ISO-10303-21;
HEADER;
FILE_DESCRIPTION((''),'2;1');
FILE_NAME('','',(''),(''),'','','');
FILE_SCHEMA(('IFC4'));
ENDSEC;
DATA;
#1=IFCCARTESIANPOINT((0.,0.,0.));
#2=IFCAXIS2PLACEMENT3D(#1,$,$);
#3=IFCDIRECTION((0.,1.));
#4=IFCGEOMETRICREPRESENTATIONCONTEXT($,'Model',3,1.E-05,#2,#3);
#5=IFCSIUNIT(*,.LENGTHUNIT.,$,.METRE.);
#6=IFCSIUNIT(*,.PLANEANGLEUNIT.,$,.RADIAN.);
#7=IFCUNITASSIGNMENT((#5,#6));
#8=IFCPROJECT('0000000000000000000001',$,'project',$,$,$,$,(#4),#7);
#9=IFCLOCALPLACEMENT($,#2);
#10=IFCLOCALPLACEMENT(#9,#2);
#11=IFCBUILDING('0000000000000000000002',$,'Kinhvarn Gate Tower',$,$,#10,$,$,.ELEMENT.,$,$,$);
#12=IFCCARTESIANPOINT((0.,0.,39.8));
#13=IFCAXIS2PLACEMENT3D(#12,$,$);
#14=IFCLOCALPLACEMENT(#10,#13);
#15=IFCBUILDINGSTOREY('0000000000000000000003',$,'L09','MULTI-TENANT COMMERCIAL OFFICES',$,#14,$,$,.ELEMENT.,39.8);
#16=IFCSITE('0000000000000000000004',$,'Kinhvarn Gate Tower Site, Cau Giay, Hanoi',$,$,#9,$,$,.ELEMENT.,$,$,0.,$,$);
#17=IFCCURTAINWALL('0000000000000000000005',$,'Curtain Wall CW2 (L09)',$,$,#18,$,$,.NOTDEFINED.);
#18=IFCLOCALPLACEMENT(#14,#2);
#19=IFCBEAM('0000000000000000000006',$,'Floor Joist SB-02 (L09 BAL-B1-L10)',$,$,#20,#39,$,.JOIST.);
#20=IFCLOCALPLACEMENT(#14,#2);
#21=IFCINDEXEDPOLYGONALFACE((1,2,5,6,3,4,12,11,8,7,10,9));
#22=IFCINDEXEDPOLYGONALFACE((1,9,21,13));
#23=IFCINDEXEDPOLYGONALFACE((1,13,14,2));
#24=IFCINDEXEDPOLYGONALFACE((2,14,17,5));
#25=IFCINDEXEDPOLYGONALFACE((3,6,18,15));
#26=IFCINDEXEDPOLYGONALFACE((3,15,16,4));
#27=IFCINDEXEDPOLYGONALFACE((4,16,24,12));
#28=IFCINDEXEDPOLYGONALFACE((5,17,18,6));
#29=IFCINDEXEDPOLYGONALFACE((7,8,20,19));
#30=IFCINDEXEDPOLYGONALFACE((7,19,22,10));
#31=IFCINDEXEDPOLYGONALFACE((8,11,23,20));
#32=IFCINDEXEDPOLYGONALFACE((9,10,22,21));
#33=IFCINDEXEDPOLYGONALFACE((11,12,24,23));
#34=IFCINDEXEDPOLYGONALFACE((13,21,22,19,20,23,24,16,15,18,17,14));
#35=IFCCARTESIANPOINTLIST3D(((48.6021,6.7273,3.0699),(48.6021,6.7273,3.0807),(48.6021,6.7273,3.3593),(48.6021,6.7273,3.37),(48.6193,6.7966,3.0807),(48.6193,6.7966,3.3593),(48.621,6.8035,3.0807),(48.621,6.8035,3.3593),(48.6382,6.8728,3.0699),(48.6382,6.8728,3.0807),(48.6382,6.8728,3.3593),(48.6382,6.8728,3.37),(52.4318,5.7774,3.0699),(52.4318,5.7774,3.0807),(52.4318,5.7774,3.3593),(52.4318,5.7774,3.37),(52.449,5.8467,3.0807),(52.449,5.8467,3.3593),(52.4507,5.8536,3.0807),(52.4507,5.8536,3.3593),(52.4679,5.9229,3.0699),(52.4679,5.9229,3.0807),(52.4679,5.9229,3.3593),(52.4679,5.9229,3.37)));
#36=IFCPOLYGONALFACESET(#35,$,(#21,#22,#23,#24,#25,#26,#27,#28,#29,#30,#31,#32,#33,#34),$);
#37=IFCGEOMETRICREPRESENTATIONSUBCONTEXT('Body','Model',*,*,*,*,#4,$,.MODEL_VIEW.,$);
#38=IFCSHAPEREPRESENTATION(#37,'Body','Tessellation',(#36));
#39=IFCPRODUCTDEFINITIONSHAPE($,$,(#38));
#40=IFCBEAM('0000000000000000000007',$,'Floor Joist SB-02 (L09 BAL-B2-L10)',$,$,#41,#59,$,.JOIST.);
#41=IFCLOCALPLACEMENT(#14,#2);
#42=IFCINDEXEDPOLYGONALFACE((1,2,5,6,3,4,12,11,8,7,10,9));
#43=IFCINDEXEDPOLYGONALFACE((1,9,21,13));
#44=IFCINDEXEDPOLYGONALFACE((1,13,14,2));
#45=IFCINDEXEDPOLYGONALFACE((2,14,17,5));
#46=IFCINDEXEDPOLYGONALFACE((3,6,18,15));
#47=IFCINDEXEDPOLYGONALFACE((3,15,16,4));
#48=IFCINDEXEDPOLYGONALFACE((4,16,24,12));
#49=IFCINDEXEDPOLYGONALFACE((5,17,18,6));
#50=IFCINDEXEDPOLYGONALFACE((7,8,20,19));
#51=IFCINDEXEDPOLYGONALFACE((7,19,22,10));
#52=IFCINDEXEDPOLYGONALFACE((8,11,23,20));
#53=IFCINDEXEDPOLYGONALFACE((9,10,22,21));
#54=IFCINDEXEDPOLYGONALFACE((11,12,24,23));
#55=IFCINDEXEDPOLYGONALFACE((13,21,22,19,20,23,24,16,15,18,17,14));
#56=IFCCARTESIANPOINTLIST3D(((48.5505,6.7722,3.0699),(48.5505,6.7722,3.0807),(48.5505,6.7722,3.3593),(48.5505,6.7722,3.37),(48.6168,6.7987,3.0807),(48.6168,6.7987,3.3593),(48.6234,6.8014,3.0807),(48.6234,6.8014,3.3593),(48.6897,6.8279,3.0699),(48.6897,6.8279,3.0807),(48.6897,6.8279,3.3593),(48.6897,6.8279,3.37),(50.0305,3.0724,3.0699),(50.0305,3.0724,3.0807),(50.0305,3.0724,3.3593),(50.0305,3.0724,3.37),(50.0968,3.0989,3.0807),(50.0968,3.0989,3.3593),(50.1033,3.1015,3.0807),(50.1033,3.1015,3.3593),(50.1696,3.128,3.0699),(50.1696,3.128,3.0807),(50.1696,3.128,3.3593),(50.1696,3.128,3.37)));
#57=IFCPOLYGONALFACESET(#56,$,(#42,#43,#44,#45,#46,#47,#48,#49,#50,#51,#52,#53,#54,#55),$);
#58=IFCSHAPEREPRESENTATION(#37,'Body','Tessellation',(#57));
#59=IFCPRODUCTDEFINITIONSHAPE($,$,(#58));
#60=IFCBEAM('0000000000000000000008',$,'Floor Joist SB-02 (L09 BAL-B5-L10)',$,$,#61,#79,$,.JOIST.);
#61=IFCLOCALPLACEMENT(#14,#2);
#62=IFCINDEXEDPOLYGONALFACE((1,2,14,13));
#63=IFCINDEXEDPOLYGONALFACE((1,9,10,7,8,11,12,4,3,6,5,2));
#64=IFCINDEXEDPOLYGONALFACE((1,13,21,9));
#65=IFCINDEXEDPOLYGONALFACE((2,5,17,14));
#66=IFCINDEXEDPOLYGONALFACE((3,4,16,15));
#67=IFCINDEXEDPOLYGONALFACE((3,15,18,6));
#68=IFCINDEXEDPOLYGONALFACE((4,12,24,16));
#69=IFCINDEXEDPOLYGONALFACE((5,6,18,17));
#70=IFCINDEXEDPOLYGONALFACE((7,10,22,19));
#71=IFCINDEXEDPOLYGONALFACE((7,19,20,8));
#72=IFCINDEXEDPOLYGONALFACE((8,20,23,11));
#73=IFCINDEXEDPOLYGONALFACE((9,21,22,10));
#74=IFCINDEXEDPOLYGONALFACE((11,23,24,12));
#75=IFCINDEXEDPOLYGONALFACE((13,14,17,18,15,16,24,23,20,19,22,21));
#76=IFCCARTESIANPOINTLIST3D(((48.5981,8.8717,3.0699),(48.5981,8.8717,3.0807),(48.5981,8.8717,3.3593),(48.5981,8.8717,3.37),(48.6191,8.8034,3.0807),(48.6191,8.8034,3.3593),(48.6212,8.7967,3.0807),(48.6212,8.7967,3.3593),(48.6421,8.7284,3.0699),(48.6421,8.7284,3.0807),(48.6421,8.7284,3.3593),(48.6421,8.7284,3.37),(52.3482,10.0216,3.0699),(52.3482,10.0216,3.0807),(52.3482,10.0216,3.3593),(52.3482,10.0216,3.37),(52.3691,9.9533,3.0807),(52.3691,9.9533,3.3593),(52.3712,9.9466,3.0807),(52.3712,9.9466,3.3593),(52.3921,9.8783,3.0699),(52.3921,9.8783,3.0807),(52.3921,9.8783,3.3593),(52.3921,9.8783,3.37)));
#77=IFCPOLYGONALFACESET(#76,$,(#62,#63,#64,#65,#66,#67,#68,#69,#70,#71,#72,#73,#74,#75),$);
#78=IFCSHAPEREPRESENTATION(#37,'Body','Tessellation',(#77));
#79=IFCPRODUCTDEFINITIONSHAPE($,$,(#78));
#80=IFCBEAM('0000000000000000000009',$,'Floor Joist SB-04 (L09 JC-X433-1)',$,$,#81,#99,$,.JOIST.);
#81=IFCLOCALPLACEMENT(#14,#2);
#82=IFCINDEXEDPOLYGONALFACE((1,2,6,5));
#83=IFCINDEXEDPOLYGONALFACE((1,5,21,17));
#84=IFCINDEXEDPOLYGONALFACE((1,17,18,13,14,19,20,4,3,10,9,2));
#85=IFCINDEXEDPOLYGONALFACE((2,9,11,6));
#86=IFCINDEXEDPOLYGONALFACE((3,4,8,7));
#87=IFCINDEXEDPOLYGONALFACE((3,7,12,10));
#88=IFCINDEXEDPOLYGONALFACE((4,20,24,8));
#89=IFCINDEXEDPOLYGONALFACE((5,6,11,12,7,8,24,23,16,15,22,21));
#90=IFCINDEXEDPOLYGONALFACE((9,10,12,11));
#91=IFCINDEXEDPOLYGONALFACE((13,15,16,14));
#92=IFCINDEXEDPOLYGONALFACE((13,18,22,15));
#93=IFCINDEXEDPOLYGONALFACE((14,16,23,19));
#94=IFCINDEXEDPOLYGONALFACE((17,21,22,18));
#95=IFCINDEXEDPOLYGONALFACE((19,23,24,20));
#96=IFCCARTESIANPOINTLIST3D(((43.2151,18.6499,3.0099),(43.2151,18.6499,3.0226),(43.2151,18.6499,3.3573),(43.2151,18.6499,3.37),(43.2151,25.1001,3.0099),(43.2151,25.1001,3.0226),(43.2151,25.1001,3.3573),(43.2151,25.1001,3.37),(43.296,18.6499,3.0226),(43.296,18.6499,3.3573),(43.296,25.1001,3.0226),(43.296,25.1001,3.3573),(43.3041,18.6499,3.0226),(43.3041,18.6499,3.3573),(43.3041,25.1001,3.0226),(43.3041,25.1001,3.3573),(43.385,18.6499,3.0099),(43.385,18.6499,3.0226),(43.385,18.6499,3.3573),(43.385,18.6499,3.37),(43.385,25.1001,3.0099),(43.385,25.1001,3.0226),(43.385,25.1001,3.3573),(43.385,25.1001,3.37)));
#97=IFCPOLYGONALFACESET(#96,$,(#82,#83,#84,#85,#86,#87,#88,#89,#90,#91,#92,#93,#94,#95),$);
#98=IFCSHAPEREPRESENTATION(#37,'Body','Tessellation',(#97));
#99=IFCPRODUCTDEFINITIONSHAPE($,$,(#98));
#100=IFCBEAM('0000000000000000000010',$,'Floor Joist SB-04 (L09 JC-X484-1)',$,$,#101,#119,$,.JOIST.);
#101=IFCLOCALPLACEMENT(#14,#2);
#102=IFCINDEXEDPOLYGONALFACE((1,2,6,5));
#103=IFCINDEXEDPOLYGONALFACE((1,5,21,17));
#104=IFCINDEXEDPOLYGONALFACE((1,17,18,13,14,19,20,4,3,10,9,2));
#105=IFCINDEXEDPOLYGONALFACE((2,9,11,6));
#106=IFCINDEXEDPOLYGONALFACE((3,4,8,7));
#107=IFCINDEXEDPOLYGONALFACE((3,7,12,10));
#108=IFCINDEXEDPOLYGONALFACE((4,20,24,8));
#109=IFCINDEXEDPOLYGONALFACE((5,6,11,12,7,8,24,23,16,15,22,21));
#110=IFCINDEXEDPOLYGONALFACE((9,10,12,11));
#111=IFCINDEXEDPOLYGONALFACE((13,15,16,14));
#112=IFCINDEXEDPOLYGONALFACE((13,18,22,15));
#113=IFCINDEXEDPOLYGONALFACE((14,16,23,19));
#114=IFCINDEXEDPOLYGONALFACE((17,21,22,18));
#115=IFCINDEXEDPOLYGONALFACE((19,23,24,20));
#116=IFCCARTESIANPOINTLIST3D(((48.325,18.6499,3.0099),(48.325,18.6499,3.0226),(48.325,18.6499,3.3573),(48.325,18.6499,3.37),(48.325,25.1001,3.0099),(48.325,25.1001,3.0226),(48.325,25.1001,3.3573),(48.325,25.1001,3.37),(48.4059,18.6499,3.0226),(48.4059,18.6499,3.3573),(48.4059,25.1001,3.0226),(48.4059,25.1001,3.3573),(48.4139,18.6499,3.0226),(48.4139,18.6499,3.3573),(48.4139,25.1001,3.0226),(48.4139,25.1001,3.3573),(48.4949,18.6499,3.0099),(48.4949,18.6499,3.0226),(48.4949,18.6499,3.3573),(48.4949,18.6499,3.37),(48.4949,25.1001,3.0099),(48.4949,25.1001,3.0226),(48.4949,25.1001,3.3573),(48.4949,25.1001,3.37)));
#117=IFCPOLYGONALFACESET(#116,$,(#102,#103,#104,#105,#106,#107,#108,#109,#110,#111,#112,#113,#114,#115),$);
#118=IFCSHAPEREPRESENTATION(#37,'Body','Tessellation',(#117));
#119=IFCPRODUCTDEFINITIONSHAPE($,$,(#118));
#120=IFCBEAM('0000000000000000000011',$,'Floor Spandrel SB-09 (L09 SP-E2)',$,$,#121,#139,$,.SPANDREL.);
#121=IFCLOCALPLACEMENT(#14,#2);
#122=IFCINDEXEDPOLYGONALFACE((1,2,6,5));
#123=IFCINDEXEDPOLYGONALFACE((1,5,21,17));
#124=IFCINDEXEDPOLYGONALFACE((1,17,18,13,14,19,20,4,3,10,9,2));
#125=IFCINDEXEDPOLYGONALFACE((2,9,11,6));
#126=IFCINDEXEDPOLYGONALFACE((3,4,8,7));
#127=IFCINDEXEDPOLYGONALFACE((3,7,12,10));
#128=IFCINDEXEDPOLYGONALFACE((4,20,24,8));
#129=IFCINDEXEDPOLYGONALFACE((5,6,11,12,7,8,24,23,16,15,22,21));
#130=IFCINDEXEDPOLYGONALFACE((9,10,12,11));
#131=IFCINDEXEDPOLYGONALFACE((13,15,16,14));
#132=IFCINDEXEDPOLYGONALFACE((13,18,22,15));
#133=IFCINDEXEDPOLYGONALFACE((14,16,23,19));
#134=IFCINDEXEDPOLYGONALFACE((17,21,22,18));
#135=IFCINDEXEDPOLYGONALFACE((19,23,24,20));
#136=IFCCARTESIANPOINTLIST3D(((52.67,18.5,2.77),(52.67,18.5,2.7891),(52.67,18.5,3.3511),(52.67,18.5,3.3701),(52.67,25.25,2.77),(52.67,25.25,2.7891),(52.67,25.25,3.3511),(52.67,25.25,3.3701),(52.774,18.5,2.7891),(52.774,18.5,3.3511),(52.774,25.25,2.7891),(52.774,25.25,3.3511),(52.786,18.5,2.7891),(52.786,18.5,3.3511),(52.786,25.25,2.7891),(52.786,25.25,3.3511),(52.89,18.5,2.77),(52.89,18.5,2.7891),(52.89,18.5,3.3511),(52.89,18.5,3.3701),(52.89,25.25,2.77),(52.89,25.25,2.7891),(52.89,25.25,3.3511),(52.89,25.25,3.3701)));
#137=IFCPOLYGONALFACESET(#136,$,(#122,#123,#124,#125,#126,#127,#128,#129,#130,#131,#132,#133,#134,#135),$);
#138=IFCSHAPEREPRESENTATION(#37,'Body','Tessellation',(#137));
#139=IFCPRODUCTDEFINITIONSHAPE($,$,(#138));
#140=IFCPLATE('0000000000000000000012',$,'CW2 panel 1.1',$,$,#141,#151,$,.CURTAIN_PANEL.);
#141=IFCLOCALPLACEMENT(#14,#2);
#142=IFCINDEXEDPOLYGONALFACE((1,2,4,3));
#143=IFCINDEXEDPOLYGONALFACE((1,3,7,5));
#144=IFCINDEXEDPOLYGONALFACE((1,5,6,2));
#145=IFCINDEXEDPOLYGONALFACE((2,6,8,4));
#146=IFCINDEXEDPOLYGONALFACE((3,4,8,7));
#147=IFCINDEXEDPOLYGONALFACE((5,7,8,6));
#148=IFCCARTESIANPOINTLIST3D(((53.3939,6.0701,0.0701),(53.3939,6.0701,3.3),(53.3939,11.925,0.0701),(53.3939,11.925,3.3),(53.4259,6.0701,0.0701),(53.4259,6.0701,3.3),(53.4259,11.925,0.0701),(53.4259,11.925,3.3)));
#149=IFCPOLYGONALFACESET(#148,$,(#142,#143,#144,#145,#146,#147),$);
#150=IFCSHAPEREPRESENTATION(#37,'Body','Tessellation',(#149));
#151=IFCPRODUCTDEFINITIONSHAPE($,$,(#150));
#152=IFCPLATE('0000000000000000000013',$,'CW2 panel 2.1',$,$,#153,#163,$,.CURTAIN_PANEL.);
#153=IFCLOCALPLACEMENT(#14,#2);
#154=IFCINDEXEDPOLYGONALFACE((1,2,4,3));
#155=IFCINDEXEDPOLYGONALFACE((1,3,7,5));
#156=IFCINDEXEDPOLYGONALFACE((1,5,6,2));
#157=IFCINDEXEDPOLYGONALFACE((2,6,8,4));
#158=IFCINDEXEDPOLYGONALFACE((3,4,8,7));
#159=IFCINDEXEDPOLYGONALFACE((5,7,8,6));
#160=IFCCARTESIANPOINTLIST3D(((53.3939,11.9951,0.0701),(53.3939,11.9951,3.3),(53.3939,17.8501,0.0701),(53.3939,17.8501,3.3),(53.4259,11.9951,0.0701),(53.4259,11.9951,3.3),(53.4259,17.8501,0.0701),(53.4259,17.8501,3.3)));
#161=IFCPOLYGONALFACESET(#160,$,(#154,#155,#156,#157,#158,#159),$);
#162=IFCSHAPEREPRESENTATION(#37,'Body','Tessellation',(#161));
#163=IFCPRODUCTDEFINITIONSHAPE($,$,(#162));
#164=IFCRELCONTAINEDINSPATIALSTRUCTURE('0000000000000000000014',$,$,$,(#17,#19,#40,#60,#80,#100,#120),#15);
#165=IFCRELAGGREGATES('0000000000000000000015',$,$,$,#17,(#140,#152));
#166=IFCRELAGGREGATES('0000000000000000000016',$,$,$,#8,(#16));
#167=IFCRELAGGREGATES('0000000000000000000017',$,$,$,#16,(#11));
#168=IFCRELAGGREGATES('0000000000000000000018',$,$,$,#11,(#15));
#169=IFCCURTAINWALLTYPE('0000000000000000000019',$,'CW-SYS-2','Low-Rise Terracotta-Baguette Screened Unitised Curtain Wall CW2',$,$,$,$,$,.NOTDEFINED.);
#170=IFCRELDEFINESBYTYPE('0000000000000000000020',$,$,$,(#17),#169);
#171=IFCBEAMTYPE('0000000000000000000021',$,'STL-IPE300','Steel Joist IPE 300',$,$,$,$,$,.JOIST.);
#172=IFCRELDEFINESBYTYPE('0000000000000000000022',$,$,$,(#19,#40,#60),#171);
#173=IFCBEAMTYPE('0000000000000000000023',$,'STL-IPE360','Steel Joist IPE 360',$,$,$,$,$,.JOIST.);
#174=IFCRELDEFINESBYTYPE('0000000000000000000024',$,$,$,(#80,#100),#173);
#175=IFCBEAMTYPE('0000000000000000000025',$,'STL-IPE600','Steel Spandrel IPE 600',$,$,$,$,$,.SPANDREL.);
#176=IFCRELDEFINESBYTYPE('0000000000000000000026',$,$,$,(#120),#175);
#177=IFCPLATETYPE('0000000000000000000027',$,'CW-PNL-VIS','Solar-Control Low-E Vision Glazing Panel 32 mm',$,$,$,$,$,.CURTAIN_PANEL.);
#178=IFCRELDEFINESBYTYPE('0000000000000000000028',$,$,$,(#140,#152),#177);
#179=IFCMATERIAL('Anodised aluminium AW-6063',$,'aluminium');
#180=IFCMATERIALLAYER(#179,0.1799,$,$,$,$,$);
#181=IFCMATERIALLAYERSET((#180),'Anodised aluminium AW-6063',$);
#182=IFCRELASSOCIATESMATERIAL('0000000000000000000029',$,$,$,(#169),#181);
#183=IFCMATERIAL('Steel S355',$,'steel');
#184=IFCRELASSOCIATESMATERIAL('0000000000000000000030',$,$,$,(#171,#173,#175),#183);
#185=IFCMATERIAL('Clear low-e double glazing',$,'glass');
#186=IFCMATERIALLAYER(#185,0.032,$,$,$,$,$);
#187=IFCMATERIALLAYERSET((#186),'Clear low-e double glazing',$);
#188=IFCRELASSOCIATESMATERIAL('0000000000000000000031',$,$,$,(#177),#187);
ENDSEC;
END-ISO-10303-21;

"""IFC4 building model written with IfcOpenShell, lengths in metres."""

from ifc_helpers import new_model, si_unit, direction, frame, origin, origin_2d, place, context, subcontext, project, spatial, rectangle, i_section, extrude, material, layer, layer_set, material_profile, profile_set, type_object, element, aggregate, save


model = new_model("IFC4")

# Units and contexts
model_context = context("Model", 3, precision=1e-05, world=origin(), true_north=direction((0.0, 1.0)))
body_context = subcontext(model_context, "Body", "Model", "MODEL_VIEW")
ifc_project = project(units=[si_unit("LENGTHUNIT", "METRE"), si_unit("PLANEANGLEUNIT", "RADIAN")], contexts=[model_context])

# Site, building, storey
site_placement = place(None, origin())
site = spatial("IfcSite", under=ifc_project, at=site_placement, Name="Kinhvarn Gate Tower Site, Cau Giay, Hanoi", CompositionType="ELEMENT", RefElevation=0.0)
building_placement = place(site_placement, origin())
building = spatial("IfcBuilding", under=site, at=building_placement, Name="Kinhvarn Gate Tower", CompositionType="ELEMENT")
storey_placement = place(building_placement, frame((0.0, 0.0, 39.8)))
storey = spatial("IfcBuildingStorey", under=building, at=storey_placement, Name="L09", Description="MULTI-TENANT COMMERCIAL OFFICES", CompositionType="ELEMENT", Elevation=39.8)

# Curtain wall
ifc_material_1 = material(Name="Anodised aluminium AW-6063", Category="aluminium")
ifc_layer_1 = layer(ifc_material_1, 0.1799)
ifc_layer_set_1 = layer_set([ifc_layer_1], Name="Anodised aluminium AW-6063")
curtain_wall_type = type_object("IfcCurtainWallType", Name="CW-SYS-2", Description="Low-Rise Terracotta-Baguette Screened Unitised Curtain Wall CW2", PredefinedType="NOTDEFINED", material=ifc_layer_set_1)
curtain_wall_1_placement = place(storey_placement, origin())
curtain_wall_1 = element("IfcCurtainWall", 1, at=curtain_wall_1_placement, inside=storey, type_object=curtain_wall_type, Name="Curtain Wall CW2 (L09)", PredefinedType="NOTDEFINED")

# Beams
ifc_material_2 = material(Name="Steel S355", Category="steel")
ifc_material_profile_1 = material_profile(ifc_material_2, i_section(OverallWidth=0.1499, OverallDepth=0.3, WebThickness=0.0071, FlangeThickness=0.0107, at=origin_2d()), Name="IPE 300")
ifc_profile_set_1 = profile_set([ifc_material_profile_1], Name="Steel S355")
beam_type_1 = type_object("IfcBeamType", Name="STL-IPE300", Description="Steel Joist IPE 300", PredefinedType="JOIST", material=ifc_profile_set_1)
beam_1_placement = place(storey_placement, frame((48.6201, 6.8, 3.22), z_axis=(0.970589, -0.240745, 0.0), x_axis=(0.240745, 0.970589, 0.0)))
element("IfcBeam", 2, at=beam_1_placement, inside=storey, type_object=beam_type_1, Name="Floor Joist SB-02 (L09 BAL-B1-L10)", PredefinedType="JOIST", context=body_context, shape_type="SweptSolid", body=[
    extrude(i_section(OverallWidth=0.1499, OverallDepth=0.3, WebThickness=0.0071, FlangeThickness=0.0107, at=origin_2d()), origin(), (0.0, 0.0, 1.0), 3.9458),
])
beam_2_placement = place(storey_placement, frame((48.6201, 6.8, 3.22), z_axis=(0.371391, -0.928477, 0.0), x_axis=(0.928477, 0.371391, 0.0)))
element("IfcBeam", 3, at=beam_2_placement, inside=storey, type_object=beam_type_1, Name="Floor Joist SB-02 (L09 BAL-B2-L10)", PredefinedType="JOIST", context=body_context, shape_type="SweptSolid", body=[
    extrude(i_section(OverallWidth=0.1499, OverallDepth=0.3, WebThickness=0.0071, FlangeThickness=0.0107, at=origin_2d()), origin(), (0.0, 0.0, 1.0), 3.9849),
])
beam_3_placement = place(storey_placement, frame((48.6201, 8.8, 3.22), z_axis=(0.956061, 0.293167, 0.0), x_axis=(-0.293167, 0.956061, 0.0)))
element("IfcBeam", 4, at=beam_3_placement, inside=storey, type_object=beam_type_1, Name="Floor Joist SB-02 (L09 BAL-B5-L10)", PredefinedType="JOIST", context=body_context, shape_type="SweptSolid", body=[
    extrude(i_section(OverallWidth=0.1499, OverallDepth=0.3, WebThickness=0.0071, FlangeThickness=0.0107, at=origin_2d()), origin(), (0.0, 0.0, 1.0), 3.9224),
])
ifc_material_profile_2 = material_profile(ifc_material_2, i_section(OverallWidth=0.1699, OverallDepth=0.3601, WebThickness=0.0081, FlangeThickness=0.0127, at=origin_2d()), Name="IPE 360")
ifc_profile_set_2 = profile_set([ifc_material_profile_2], Name="Steel S355")
beam_type_2 = type_object("IfcBeamType", Name="STL-IPE360", Description="Steel Joist IPE 360", PredefinedType="JOIST", material=ifc_profile_set_2)
for number, where, z_axis, x_axis, name in (
    (5, (43.3, 18.6499, 3.1899), (0.0, 1.0, 0.0), (-1.0, 0.0, 0.0), "Floor Joist SB-04 (L09 JC-X433-1)"),
    (6, (48.4099, 18.6499, 3.1899), (0.0, 1.0, 0.0), (-1.0, 0.0, 0.0), "Floor Joist SB-04 (L09 JC-X484-1)"),
):
    element("IfcBeam", number, at=place(storey_placement, frame(where, z_axis=z_axis, x_axis=x_axis)), inside=storey, type_object=beam_type_2, Name=name, PredefinedType="JOIST", context=body_context, shape_type="SweptSolid", body=[
        extrude(i_section(OverallWidth=0.1699, OverallDepth=0.3601, WebThickness=0.0081, FlangeThickness=0.0127, at=origin_2d()), origin(), (0.0, 0.0, 1.0), 6.4502),
    ])
ifc_material_profile_3 = material_profile(ifc_material_2, i_section(OverallWidth=0.22, OverallDepth=0.6001, WebThickness=0.012, FlangeThickness=0.019, at=origin_2d()), Name="IPE 600")
ifc_profile_set_3 = profile_set([ifc_material_profile_3], Name="Steel S355")
beam_type_3 = type_object("IfcBeamType", Name="STL-IPE600", Description="Steel Spandrel IPE 600", PredefinedType="SPANDREL", material=ifc_profile_set_3)
beam_4_placement = place(storey_placement, frame((52.78, 18.5, 3.0701), z_axis=(0.0, 1.0, 0.0), x_axis=(-1.0, 0.0, 0.0)))
element("IfcBeam", 7, at=beam_4_placement, inside=storey, type_object=beam_type_3, Name="Floor Spandrel SB-09 (L09 SP-E2)", PredefinedType="SPANDREL", context=body_context, shape_type="SweptSolid", body=[
    extrude(i_section(OverallWidth=0.22, OverallDepth=0.6001, WebThickness=0.012, FlangeThickness=0.019, at=origin_2d()), origin(), (0.0, 0.0, 1.0), 6.75),
])

# Plates
ifc_material_3 = material(Name="Clear low-e double glazing", Category="glass")
ifc_layer_2 = layer(ifc_material_3, 0.032)
ifc_layer_set_2 = layer_set([ifc_layer_2], Name="Clear low-e double glazing")
plate_type = type_object("IfcPlateType", Name="CW-PNL-VIS", Description="Solar-Control Low-E Vision Glazing Panel 32 mm", PredefinedType="CURTAIN_PANEL", material=ifc_layer_set_2)
plate_1_placement = place(storey_placement, frame((53.4099, 8.9976, 0.0701), z_axis=(0.0, 0.0, 1.0), x_axis=(0.0, 1.0, 0.0)))
plate_1 = element("IfcPlate", 8, at=plate_1_placement, type_object=plate_type, Name="CW2 panel 1.1", PredefinedType="CURTAIN_PANEL", context=body_context, shape_type="SweptSolid", body=[
    extrude(rectangle(XDim=5.855, YDim=0.032, at=origin_2d()), origin(), (0.0, 0.0, 1.0), 3.23),
])
plate_2_placement = place(storey_placement, frame((53.4099, 14.9226, 0.0701), z_axis=(0.0, 0.0, 1.0), x_axis=(0.0, 1.0, 0.0)))
plate_2 = element("IfcPlate", 9, at=plate_2_placement, type_object=plate_type, Name="CW2 panel 2.1", PredefinedType="CURTAIN_PANEL", context=body_context, shape_type="SweptSolid", body=[
    extrude(rectangle(XDim=5.855, YDim=0.032, at=origin_2d()), origin(), (0.0, 0.0, 1.0), 3.23),
])
aggregate(curtain_wall_1, [plate_1, plate_2])

save(model, "model.ifc")
